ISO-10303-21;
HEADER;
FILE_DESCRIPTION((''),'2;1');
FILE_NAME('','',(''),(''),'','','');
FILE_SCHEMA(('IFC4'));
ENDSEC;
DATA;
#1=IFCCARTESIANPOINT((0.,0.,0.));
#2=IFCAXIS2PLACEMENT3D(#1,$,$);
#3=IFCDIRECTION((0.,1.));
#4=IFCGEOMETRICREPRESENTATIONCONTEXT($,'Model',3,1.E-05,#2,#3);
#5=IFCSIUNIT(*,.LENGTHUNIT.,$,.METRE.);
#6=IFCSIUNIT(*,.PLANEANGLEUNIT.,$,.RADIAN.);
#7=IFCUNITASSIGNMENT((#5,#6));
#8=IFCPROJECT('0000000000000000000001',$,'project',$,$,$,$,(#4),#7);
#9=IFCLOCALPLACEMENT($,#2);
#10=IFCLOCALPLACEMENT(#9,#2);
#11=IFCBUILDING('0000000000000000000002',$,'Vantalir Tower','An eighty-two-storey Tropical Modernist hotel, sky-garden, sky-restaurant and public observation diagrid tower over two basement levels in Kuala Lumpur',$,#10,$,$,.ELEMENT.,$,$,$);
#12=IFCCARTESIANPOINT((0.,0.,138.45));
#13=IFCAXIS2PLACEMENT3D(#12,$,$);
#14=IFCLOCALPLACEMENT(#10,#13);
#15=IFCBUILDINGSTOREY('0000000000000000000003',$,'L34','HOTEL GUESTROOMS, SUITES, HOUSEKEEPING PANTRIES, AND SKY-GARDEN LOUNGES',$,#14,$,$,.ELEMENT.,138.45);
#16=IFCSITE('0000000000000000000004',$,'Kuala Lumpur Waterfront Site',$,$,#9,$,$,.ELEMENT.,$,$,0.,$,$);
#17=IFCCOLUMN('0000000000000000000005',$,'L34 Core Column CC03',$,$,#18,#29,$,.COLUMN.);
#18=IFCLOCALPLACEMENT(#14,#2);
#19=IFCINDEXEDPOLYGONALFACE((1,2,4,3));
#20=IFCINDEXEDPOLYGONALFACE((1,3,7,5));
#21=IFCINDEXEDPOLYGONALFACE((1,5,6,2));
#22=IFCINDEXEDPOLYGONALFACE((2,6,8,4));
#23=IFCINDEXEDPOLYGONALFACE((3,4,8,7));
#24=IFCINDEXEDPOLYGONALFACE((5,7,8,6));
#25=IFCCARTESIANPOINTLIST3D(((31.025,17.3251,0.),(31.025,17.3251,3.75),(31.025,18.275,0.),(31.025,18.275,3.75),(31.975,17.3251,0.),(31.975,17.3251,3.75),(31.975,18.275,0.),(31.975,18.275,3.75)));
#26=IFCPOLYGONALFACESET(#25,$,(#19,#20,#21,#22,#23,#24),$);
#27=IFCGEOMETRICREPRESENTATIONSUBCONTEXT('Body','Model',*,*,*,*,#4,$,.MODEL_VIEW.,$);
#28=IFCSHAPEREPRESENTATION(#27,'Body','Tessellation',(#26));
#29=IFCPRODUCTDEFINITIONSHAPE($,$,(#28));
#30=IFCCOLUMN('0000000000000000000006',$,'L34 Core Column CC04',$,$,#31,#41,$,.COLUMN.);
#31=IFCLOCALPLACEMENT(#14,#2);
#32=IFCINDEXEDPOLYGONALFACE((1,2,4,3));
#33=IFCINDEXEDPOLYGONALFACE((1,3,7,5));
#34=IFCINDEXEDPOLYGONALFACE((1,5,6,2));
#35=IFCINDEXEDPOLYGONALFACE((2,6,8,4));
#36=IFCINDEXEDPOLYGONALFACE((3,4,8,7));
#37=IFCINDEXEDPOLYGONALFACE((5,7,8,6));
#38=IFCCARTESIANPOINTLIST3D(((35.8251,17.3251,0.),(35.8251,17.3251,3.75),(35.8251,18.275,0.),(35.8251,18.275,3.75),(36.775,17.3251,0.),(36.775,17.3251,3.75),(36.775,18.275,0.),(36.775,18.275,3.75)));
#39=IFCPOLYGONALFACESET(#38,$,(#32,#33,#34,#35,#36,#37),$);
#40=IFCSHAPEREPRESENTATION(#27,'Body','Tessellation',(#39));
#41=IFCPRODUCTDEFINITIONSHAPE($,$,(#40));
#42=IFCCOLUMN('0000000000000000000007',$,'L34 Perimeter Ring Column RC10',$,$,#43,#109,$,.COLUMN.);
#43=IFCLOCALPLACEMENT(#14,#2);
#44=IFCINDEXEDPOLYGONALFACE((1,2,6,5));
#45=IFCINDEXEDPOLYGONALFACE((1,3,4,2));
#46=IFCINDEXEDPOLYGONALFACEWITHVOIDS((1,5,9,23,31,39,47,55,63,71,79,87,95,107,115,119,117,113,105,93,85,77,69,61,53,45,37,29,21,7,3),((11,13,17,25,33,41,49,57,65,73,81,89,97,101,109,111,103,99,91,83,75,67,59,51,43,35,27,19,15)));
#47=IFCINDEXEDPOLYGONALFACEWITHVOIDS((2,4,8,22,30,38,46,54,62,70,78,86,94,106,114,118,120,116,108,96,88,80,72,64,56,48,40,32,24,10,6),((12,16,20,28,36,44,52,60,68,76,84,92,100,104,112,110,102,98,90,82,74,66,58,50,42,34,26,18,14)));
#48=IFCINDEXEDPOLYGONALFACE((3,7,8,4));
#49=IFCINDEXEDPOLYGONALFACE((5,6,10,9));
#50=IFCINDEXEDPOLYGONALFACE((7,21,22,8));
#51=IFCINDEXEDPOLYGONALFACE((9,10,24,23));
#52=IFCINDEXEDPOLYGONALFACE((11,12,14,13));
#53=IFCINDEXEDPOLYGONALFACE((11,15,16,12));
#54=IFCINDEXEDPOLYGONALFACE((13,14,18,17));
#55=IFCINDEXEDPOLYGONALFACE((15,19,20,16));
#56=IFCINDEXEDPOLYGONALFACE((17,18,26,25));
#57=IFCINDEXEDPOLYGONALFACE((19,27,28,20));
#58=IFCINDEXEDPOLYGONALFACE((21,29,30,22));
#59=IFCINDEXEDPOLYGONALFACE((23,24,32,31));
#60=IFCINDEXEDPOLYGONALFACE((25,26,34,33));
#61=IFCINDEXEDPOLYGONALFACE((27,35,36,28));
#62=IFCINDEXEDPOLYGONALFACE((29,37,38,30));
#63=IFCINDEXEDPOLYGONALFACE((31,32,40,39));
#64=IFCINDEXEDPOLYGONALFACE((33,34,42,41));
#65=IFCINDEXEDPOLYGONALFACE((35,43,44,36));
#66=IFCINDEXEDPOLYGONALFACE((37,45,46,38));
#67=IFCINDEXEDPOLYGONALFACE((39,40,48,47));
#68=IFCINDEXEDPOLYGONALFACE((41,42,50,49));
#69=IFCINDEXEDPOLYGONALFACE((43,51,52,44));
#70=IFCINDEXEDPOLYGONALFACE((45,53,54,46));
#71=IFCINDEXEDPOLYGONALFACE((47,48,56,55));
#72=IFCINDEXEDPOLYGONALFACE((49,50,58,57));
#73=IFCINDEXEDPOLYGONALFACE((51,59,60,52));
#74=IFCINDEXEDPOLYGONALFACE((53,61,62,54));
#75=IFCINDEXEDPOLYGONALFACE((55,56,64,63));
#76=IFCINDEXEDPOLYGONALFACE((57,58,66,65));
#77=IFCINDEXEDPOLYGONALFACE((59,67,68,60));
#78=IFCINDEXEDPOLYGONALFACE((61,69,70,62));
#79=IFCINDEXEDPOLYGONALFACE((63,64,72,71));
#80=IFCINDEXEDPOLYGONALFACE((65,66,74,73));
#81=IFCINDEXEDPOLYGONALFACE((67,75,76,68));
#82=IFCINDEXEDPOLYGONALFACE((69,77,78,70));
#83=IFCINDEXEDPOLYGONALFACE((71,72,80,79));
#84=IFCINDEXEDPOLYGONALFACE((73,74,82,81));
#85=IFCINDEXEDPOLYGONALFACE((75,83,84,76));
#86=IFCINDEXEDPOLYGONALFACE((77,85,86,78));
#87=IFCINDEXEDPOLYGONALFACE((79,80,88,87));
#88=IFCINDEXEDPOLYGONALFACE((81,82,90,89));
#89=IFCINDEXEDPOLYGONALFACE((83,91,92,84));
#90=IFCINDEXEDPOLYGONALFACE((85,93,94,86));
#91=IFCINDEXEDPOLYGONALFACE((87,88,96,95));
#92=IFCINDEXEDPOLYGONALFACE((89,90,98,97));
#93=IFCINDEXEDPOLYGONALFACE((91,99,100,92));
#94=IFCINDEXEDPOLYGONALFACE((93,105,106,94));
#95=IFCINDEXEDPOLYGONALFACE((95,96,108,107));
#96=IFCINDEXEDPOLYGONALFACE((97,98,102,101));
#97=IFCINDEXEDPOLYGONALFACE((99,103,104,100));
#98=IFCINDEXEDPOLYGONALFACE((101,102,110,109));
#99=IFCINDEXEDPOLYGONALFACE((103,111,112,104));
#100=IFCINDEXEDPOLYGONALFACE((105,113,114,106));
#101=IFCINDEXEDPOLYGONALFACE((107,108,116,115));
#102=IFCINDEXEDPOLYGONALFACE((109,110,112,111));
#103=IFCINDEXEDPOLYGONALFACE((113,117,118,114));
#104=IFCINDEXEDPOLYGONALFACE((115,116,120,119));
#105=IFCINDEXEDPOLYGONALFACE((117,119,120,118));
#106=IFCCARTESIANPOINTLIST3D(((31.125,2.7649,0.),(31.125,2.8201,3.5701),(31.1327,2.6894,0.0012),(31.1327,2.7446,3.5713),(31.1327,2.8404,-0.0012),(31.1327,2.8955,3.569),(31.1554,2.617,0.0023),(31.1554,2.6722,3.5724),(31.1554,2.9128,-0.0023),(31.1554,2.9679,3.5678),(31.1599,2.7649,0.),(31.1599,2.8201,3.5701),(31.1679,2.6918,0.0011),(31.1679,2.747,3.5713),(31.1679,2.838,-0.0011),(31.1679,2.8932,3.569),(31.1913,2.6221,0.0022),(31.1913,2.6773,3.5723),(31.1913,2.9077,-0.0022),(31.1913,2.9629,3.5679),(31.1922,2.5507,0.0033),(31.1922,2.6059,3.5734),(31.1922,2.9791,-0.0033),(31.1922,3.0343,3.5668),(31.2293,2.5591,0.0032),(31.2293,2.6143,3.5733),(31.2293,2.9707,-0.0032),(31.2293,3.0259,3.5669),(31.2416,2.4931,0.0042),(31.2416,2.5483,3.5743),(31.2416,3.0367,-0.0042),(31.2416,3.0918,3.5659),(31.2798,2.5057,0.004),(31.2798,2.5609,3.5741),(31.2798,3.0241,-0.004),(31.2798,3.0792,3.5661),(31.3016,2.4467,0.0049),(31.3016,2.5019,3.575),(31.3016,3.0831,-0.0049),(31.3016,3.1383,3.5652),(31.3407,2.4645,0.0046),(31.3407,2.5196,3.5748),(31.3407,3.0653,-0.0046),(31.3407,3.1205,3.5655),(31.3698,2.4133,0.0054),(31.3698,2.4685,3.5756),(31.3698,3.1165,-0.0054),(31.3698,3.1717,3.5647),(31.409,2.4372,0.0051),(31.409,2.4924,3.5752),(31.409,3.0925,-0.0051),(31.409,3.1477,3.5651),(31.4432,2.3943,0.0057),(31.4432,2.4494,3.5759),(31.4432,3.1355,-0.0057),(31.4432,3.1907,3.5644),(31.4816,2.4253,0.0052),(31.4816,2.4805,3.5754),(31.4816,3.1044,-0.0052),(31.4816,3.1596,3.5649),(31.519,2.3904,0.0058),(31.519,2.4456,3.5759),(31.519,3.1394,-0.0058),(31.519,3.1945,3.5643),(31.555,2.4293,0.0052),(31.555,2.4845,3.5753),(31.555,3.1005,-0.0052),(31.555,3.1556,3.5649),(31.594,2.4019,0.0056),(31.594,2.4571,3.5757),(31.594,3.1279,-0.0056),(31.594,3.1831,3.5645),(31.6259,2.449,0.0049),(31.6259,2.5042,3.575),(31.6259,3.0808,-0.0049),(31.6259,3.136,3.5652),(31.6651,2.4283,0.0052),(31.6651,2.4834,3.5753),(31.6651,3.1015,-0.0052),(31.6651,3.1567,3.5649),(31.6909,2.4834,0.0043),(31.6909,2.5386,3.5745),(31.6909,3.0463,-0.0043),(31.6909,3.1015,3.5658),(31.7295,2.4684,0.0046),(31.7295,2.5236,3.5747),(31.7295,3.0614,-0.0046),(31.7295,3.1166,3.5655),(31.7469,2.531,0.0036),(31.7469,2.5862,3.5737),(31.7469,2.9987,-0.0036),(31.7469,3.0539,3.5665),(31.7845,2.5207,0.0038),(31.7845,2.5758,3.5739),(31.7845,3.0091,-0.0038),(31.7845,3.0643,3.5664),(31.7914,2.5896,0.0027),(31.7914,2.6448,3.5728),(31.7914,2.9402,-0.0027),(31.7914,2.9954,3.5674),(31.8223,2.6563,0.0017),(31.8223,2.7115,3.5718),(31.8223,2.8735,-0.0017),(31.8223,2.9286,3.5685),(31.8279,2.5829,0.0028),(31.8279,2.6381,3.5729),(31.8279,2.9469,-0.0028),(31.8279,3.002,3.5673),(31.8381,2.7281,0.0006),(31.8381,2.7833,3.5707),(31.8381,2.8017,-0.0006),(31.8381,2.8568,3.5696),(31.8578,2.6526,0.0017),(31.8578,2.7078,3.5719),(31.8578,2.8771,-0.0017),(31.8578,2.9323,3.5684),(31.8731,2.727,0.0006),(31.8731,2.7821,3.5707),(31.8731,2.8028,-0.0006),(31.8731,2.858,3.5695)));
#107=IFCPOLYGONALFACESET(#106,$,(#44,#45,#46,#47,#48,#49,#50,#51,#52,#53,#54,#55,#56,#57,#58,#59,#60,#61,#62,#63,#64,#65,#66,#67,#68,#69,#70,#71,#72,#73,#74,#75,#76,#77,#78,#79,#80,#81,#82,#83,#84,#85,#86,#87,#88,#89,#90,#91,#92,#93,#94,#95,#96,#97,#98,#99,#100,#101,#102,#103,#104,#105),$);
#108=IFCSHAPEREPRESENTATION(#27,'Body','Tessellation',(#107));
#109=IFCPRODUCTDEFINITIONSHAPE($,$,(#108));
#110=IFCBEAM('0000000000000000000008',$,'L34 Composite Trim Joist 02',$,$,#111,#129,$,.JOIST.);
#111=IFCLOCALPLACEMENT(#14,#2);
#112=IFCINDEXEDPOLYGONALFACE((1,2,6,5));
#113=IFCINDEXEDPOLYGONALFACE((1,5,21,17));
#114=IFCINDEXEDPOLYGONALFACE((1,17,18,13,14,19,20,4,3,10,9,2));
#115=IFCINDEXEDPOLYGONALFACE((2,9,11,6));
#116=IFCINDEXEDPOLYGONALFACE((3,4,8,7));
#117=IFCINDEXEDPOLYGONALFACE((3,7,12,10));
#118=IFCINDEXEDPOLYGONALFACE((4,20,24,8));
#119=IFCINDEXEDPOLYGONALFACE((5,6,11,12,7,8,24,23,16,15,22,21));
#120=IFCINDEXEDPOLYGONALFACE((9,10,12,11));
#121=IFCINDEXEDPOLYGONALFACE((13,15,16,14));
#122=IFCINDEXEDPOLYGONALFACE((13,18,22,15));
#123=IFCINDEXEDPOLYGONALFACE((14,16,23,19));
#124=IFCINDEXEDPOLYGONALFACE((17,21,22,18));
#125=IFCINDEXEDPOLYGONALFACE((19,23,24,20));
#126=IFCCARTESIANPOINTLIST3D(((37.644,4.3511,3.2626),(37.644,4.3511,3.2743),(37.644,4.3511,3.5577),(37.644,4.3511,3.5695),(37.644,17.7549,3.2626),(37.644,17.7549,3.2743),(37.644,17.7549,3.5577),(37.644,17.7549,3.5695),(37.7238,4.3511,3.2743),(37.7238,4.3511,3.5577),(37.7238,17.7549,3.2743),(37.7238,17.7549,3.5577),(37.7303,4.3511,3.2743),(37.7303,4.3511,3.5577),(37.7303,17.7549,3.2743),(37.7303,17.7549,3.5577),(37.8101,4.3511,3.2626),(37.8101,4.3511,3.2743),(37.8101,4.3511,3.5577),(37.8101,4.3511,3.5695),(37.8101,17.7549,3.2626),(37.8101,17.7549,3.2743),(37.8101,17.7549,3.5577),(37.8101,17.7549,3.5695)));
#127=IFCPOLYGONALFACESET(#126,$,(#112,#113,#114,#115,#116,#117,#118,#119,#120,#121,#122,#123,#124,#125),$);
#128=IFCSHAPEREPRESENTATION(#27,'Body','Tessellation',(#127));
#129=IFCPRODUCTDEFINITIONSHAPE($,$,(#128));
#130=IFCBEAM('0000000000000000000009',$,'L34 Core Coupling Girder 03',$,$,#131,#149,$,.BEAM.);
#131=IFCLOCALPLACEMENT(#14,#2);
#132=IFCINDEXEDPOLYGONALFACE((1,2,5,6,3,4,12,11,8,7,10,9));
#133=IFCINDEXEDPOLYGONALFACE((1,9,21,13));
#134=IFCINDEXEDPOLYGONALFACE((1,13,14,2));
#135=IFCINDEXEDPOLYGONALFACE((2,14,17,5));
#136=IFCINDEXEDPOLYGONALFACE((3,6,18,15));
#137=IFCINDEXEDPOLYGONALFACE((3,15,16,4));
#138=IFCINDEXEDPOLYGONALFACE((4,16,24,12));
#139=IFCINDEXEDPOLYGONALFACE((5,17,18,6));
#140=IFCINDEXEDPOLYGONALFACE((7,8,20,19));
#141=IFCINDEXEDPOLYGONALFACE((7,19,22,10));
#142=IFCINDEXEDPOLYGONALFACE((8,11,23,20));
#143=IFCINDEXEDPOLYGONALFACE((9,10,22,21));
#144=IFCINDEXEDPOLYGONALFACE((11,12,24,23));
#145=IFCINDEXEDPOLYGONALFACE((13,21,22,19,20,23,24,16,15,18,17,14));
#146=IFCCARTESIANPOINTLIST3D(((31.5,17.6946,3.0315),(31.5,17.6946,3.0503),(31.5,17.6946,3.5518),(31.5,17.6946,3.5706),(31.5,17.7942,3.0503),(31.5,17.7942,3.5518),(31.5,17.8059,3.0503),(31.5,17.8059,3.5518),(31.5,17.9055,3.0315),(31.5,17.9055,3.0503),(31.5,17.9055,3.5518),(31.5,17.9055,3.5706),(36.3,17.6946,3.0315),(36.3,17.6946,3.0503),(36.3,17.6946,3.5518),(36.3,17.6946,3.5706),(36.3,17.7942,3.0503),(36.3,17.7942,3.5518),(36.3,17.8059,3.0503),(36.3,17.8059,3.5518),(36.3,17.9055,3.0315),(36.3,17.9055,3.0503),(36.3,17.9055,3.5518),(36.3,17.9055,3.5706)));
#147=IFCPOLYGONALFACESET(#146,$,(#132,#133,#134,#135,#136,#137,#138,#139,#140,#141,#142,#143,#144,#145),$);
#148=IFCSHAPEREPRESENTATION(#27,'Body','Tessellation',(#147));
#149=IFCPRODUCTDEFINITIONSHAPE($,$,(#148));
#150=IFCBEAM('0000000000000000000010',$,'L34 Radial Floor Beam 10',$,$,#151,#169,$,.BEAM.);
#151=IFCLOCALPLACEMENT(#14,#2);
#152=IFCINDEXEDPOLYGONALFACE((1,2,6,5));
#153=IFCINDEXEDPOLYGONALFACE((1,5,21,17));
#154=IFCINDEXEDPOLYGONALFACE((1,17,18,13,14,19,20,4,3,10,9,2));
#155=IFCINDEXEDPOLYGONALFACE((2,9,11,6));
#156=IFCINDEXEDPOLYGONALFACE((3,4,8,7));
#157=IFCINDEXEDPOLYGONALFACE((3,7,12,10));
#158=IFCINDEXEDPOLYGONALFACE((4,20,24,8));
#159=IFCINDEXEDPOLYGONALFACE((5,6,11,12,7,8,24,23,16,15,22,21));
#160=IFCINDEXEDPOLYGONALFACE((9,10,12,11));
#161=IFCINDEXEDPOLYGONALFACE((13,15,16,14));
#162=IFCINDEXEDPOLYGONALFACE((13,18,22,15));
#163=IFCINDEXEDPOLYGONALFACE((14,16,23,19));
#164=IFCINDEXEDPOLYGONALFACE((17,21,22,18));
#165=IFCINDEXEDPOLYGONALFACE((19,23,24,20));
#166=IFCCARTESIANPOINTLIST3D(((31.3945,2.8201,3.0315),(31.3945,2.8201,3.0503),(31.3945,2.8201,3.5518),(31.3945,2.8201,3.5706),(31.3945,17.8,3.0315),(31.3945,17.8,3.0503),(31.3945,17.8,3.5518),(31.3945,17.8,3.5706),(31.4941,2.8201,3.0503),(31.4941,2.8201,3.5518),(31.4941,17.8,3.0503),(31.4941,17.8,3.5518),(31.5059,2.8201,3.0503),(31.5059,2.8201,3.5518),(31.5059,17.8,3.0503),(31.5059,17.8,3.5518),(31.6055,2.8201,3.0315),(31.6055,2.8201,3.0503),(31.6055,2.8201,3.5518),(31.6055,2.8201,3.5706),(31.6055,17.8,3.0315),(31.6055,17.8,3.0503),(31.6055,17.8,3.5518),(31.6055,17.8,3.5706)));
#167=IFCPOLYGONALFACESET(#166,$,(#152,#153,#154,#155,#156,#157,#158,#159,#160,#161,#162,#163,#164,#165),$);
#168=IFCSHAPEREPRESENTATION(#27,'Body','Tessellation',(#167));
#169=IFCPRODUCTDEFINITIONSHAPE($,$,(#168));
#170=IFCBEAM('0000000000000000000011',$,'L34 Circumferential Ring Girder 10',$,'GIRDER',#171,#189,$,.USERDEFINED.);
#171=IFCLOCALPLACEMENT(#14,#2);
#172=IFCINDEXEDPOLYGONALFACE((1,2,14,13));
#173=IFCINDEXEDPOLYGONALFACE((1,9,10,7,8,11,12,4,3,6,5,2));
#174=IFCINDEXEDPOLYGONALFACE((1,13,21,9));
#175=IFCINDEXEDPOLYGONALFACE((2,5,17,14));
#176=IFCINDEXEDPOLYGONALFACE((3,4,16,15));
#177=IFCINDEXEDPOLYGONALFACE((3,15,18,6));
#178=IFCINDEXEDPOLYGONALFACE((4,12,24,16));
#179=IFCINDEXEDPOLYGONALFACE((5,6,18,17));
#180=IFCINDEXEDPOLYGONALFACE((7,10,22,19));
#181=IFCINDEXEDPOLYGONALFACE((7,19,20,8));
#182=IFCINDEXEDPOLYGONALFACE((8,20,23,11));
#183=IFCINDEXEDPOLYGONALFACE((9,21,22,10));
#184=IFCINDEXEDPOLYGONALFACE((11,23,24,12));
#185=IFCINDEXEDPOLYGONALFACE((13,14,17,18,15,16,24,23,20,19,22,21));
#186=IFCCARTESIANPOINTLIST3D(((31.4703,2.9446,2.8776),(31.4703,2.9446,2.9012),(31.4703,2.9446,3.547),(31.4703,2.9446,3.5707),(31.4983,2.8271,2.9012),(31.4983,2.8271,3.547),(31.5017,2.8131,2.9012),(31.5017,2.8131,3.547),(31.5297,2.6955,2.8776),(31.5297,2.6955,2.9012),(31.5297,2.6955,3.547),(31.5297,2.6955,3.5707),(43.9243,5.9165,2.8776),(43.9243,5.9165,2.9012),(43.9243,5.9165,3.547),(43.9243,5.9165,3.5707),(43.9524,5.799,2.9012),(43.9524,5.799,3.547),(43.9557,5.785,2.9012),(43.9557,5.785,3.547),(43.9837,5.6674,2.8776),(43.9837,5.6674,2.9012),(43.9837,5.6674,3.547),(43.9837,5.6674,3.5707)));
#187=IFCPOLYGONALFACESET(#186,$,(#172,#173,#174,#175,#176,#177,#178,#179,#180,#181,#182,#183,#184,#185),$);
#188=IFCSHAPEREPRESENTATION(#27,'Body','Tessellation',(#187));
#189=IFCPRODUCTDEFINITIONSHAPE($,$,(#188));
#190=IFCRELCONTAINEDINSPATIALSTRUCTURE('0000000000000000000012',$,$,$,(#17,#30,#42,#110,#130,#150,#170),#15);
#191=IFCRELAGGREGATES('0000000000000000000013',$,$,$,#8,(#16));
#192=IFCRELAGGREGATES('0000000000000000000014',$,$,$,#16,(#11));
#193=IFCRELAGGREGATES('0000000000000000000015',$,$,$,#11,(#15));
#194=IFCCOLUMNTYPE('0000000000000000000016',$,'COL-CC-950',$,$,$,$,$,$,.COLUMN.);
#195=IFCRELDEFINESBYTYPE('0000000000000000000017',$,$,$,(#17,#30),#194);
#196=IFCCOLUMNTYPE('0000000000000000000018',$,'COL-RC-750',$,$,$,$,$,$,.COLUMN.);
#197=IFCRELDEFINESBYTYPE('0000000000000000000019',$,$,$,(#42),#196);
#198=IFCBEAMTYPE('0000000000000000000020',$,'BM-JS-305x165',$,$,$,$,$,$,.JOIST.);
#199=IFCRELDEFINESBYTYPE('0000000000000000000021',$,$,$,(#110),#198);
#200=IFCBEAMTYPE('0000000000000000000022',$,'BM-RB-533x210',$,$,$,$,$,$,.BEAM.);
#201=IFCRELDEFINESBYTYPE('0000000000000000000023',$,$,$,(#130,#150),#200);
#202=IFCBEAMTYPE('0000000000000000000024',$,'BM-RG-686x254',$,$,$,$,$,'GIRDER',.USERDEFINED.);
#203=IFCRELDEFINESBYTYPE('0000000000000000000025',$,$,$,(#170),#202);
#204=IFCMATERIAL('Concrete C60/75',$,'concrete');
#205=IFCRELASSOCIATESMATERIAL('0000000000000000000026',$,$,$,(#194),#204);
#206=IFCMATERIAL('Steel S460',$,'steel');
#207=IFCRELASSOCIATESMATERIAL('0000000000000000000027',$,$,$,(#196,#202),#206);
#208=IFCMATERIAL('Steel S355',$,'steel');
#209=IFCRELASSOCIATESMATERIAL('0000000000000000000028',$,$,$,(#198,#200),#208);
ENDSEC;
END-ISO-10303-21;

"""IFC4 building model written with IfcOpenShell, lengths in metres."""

from ifc_helpers import new_model, si_unit, direction, frame, origin, origin_2d, place, context, subcontext, project, spatial, rectangle, hollow_circle, i_section, extrude, material, material_profile, profile_set, type_object, element, save


model = new_model("IFC4")

# Units and contexts
model_context = context("Model", 3, precision=1e-05, world=origin(), true_north=direction((0.0, 1.0)))
body_context = subcontext(model_context, "Body", "Model", "MODEL_VIEW")
ifc_project = project(units=[si_unit("LENGTHUNIT", "METRE"), si_unit("PLANEANGLEUNIT", "RADIAN")], contexts=[model_context])

# Site, building, storey
site_placement = place(None, origin())
site = spatial("IfcSite", under=ifc_project, at=site_placement, Name="Kuala Lumpur Waterfront Site", CompositionType="ELEMENT", RefElevation=0.0)
building_placement = place(site_placement, origin())
building = spatial("IfcBuilding", under=site, at=building_placement, Name="Vantalir Tower", Description="An eighty-two-storey Tropical Modernist hotel, sky-garden, sky-restaurant and public observation diagrid tower over two basement levels in Kuala Lumpur", CompositionType="ELEMENT")
storey_placement = place(building_placement, frame((0.0, 0.0, 138.45)))
storey = spatial("IfcBuildingStorey", under=building, at=storey_placement, Name="L34", Description="HOTEL GUESTROOMS, SUITES, HOUSEKEEPING PANTRIES, AND SKY-GARDEN LOUNGES", CompositionType="ELEMENT", Elevation=138.45)

# Columns
ifc_material_1 = material(Name="Concrete C60/75", Category="concrete")
ifc_material_profile_1 = material_profile(ifc_material_1, rectangle(XDim=0.95, YDim=0.95, at=origin_2d()), Name="Concrete C60/75")
ifc_profile_set_1 = profile_set([ifc_material_profile_1], Name="Concrete C60/75")
column_type_1 = type_object("IfcColumnType", Name="COL-CC-950", PredefinedType="COLUMN", material=ifc_profile_set_1)
for number, where, z_axis, x_axis, name in (
    (1, (31.5, 17.8, 0.0), (0.0, 0.0, 1.0), (1.0, 0.0, 0.0), "L34 Core Column CC03"),
    (2, (36.3, 17.8, 0.0), (0.0, 0.0, 1.0), (1.0, 0.0, 0.0), "L34 Core Column CC04"),
):
    element("IfcColumn", number, at=place(storey_placement, frame(where, z_axis=z_axis, x_axis=x_axis)), inside=storey, type_object=column_type_1, Name=name, PredefinedType="COLUMN", context=body_context, shape_type="SweptSolid", body=[
        extrude(rectangle(XDim=0.95, YDim=0.95, at=origin_2d()), origin(), (0.0, 0.0, 1.0), 3.75),
    ])
ifc_material_2 = material(Name="Steel S460", Category="steel")
ifc_material_profile_2 = material_profile(ifc_material_2, hollow_circle(Radius=0.375, WallThickness=0.0349, at=origin_2d()), Name="Steel S460")
ifc_profile_set_2 = profile_set([ifc_material_profile_2], Name="Steel S460")
column_type_2 = type_object("IfcColumnType", Name="COL-RC-750", PredefinedType="COLUMN", material=ifc_profile_set_2)
column_placement = place(storey_placement, frame((31.5, 2.7649, 0.0), z_axis=(0.0, 0.015453, 0.999881), x_axis=(-1.0, 0.0, 0.0)))
element("IfcColumn", 3, at=column_placement, inside=storey, type_object=column_type_2, Name="L34 Perimeter Ring Column RC10", PredefinedType="COLUMN", context=body_context, shape_type="SweptSolid", body=[
    extrude(hollow_circle(Radius=0.375, WallThickness=0.0349, at=origin_2d()), origin(), (0.0, 0.0, 1.0), 3.5706),
])

# Beams
ifc_material_3 = material(Name="Steel S355", Category="steel")
ifc_material_profile_3 = material_profile(ifc_material_3, i_section(OverallWidth=0.166, OverallDepth=0.3069, WebThickness=0.0066, FlangeThickness=0.0117, at=origin_2d()), Name="Steel S355")
ifc_profile_set_3 = profile_set([ifc_material_profile_3], Name="Steel S355")
beam_type_1 = type_object("IfcBeamType", Name="BM-JS-305x165", PredefinedType="JOIST", material=ifc_profile_set_3)
beam_1_placement = place(storey_placement, frame((37.7271, 4.3511, 3.416), z_axis=(0.0, 1.0, 0.0), x_axis=(-1.0, 0.0, 0.0)))
element("IfcBeam", 4, at=beam_1_placement, inside=storey, type_object=beam_type_1, Name="L34 Composite Trim Joist 02", PredefinedType="JOIST", context=body_context, shape_type="SweptSolid", body=[
    extrude(i_section(OverallWidth=0.166, OverallDepth=0.3069, WebThickness=0.0066, FlangeThickness=0.0117, at=origin_2d()), origin(), (0.0, 0.0, 1.0), 13.4038),
])
ifc_material_profile_4 = material_profile(ifc_material_3, i_section(OverallWidth=0.2109, OverallDepth=0.5391, WebThickness=0.0117, FlangeThickness=0.0188, at=origin_2d()), Name="Steel S355")
ifc_profile_set_4 = profile_set([ifc_material_profile_4], Name="Steel S355")
beam_type_2 = type_object("IfcBeamType", Name="BM-RB-533x210", PredefinedType="BEAM", material=ifc_profile_set_4)
beam_2_placement = place(storey_placement, frame((31.5, 17.8, 3.301), z_axis=(1.0, 0.0, 0.0), x_axis=(0.0, 1.0, 0.0)))
element("IfcBeam", 5, at=beam_2_placement, inside=storey, type_object=beam_type_2, Name="L34 Core Coupling Girder 03", PredefinedType="BEAM", context=body_context, shape_type="SweptSolid", body=[
    extrude(i_section(OverallWidth=0.2109, OverallDepth=0.5391, WebThickness=0.0117, FlangeThickness=0.0188, at=origin_2d()), origin(), (0.0, 0.0, 1.0), 4.8),
])
beam_3_placement = place(storey_placement, frame((31.5, 2.8201, 3.301), z_axis=(0.0, 1.0, 0.0), x_axis=(-1.0, 0.0, 0.0)))
element("IfcBeam", 6, at=beam_3_placement, inside=storey, type_object=beam_type_2, Name="L34 Radial Floor Beam 10", PredefinedType="BEAM", context=body_context, shape_type="SweptSolid", body=[
    extrude(i_section(OverallWidth=0.2109, OverallDepth=0.5391, WebThickness=0.0117, FlangeThickness=0.0188, at=origin_2d()), origin(), (0.0, 0.0, 1.0), 14.98),
])
ifc_material_profile_5 = material_profile(ifc_material_2, i_section(OverallWidth=0.2561, OverallDepth=0.6931, WebThickness=0.0144, FlangeThickness=0.0237, at=origin_2d()), Name="Steel S460")
ifc_profile_set_5 = profile_set([ifc_material_profile_5], Name="Steel S460")
beam_type_3 = type_object("IfcBeamType", Name="BM-RG-686x254", ElementType="GIRDER", PredefinedType="USERDEFINED", material=ifc_profile_set_5)
beam_4_placement = place(storey_placement, frame((31.5, 2.8201, 3.2241), z_axis=(0.972689, 0.232113, 0.0), x_axis=(-0.232113, 0.972689, 0.0)))
element("IfcBeam", 7, at=beam_4_placement, inside=storey, type_object=beam_type_3, Name="L34 Circumferential Ring Girder 10", ObjectType="GIRDER", PredefinedType="USERDEFINED", context=body_context, shape_type="SweptSolid", body=[
    extrude(i_section(OverallWidth=0.2561, OverallDepth=0.6931, WebThickness=0.0144, FlangeThickness=0.0237, at=origin_2d()), origin(), (0.0, 0.0, 1.0), 12.8037),
])

save(model, "model.ifc")
